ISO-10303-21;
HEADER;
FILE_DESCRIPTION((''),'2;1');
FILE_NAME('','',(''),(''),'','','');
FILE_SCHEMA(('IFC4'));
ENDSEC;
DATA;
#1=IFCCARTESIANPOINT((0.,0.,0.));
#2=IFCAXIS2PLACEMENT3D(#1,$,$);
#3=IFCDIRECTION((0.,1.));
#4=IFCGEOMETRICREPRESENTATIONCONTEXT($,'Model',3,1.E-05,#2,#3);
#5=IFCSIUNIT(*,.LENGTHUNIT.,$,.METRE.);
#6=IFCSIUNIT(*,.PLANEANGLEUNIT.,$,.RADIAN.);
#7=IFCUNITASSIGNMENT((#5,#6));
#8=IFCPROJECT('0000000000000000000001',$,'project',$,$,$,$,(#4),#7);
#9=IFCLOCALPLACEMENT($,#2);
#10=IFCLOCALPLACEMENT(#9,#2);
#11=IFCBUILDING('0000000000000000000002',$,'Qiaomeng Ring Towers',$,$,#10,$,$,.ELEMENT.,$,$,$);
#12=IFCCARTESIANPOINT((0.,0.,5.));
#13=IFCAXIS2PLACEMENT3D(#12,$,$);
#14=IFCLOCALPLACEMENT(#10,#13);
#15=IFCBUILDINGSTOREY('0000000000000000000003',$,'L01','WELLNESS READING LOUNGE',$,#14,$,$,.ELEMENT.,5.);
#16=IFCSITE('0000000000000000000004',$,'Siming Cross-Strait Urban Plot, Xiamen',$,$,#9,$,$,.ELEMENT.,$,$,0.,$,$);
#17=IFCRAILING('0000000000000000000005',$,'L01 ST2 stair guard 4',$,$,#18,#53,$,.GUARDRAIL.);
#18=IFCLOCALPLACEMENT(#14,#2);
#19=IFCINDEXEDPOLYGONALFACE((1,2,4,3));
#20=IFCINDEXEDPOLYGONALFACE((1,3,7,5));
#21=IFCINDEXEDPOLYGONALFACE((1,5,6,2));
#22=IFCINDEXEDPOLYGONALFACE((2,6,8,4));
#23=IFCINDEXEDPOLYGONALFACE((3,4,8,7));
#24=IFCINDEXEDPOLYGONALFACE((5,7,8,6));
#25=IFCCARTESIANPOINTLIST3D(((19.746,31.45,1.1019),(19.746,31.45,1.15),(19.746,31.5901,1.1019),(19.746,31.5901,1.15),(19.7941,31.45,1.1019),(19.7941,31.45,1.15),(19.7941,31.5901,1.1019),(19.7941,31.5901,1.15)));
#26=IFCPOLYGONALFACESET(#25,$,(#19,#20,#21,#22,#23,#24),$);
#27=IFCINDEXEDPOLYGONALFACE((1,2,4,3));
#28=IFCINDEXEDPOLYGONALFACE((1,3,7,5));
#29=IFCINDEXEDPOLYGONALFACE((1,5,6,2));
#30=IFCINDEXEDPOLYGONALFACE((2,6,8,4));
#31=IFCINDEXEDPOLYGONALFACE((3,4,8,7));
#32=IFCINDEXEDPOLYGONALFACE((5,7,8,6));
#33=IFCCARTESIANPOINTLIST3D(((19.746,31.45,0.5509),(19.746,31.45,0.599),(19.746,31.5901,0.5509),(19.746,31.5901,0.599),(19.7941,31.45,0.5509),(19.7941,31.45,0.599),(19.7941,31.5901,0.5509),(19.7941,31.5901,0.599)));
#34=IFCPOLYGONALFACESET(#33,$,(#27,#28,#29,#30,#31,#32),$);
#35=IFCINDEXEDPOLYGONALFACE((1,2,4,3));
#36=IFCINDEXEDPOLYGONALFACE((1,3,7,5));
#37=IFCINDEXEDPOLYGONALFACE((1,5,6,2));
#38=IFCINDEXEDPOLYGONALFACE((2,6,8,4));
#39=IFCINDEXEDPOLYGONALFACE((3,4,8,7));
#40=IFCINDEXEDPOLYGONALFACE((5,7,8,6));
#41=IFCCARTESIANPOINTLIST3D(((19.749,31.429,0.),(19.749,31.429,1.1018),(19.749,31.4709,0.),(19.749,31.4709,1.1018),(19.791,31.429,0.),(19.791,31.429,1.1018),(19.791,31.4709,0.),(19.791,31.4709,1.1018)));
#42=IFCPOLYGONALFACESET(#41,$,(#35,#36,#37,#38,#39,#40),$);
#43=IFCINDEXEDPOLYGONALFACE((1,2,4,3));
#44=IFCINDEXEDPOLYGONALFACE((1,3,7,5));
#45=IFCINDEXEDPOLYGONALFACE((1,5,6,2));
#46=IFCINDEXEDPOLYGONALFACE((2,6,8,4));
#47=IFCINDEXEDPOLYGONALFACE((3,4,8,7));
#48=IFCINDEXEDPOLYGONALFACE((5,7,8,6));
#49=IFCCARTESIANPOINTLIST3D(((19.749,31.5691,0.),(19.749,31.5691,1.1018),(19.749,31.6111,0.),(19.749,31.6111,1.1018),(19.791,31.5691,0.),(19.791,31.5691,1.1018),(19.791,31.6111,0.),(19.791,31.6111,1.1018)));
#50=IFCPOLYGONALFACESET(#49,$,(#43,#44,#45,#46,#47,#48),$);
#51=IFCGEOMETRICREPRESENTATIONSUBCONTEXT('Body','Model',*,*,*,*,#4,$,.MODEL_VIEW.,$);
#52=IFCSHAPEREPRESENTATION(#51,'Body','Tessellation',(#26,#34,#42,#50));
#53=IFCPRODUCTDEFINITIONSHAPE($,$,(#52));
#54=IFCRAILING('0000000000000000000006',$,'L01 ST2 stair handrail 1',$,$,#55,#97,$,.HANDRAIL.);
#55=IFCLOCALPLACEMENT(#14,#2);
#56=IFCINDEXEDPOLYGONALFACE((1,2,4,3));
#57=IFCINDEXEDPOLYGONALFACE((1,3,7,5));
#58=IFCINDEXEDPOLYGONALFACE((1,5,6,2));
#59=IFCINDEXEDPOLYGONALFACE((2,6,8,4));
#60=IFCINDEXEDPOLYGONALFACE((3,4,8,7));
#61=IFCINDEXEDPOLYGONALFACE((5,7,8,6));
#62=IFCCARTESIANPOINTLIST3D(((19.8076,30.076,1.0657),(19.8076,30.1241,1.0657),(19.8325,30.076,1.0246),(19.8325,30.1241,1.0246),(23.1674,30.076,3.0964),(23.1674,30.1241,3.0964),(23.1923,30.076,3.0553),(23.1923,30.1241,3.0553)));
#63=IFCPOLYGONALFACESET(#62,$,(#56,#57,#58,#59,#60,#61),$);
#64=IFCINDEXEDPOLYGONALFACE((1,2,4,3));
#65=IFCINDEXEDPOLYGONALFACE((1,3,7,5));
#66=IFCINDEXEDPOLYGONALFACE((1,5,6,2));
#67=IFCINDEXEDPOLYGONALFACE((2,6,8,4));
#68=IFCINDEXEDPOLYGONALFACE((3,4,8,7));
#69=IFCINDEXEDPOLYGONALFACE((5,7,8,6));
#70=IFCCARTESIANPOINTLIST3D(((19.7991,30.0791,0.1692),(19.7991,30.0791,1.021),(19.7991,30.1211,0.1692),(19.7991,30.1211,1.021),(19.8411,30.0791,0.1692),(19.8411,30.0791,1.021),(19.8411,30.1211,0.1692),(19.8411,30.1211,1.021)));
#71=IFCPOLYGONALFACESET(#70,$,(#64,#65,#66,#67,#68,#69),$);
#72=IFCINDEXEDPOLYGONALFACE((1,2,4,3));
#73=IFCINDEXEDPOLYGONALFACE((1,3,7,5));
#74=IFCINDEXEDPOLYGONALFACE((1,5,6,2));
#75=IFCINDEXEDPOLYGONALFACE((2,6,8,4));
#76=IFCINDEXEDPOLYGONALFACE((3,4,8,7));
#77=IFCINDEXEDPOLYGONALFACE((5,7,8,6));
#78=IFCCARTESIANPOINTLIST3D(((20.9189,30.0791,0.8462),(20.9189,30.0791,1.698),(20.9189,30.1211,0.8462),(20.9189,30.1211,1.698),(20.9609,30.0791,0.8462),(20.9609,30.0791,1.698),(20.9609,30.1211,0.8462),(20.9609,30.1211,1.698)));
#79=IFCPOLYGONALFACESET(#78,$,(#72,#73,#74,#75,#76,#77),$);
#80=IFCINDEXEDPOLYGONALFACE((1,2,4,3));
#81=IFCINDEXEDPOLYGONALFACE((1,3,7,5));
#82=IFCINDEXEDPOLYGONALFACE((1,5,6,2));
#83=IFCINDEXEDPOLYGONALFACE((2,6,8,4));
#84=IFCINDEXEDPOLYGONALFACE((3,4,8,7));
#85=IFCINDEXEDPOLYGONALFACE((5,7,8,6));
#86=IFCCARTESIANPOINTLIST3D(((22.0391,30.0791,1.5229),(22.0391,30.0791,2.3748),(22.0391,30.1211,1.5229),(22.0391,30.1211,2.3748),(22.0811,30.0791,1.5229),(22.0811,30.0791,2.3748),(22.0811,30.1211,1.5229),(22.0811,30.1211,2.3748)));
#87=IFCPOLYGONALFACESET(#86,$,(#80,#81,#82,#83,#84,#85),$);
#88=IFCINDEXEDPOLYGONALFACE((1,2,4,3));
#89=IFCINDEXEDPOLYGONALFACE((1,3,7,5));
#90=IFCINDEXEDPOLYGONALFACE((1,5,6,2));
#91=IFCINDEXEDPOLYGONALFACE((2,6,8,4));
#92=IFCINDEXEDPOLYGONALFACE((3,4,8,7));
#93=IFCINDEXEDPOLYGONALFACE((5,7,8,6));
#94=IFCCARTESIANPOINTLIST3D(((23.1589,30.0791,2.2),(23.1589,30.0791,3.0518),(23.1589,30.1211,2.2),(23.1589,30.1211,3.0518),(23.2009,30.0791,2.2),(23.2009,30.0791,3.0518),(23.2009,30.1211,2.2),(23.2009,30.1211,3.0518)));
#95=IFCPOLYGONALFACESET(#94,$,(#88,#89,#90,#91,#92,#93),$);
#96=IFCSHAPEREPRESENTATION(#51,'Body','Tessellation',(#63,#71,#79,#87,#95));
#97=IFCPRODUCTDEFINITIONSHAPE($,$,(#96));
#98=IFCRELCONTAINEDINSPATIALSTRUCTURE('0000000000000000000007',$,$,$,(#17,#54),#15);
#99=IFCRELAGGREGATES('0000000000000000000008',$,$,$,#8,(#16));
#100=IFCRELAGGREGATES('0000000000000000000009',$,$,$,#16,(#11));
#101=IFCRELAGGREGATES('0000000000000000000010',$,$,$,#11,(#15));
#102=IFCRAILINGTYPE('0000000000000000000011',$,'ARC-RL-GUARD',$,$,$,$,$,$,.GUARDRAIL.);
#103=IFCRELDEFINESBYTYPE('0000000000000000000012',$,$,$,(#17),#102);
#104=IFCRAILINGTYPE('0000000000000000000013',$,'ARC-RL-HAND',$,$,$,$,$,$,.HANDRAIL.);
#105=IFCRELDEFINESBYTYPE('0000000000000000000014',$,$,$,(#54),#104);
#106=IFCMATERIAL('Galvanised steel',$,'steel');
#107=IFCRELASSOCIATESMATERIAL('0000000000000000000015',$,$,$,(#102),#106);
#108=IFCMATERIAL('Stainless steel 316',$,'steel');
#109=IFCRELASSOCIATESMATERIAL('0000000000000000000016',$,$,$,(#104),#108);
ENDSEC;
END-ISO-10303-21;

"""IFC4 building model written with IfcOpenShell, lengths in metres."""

from ifc_helpers import new_model, si_unit, direction, frame, origin, origin_2d, place, context, subcontext, project, spatial, rectangle, extrude, material, type_object, element, save


model = new_model("IFC4")

# Units and contexts
model_context = context("Model", 3, precision=1e-05, world=origin(), true_north=direction((0.0, 1.0)))
body_context = subcontext(model_context, "Body", "Model", "MODEL_VIEW")
ifc_project = project(units=[si_unit("LENGTHUNIT", "METRE"), si_unit("PLANEANGLEUNIT", "RADIAN")], contexts=[model_context])

# Site, building, storey
site_placement = place(None, origin())
site = spatial("IfcSite", under=ifc_project, at=site_placement, Name="Siming Cross-Strait Urban Plot, Xiamen", CompositionType="ELEMENT", RefElevation=0.0)
building_placement = place(site_placement, origin())
building = spatial("IfcBuilding", under=site, at=building_placement, Name="Qiaomeng Ring Towers", CompositionType="ELEMENT")
storey_placement = place(building_placement, frame((0.0, 0.0, 5.0)))
storey = spatial("IfcBuildingStorey", under=building, at=storey_placement, Name="L01", Description="WELLNESS READING LOUNGE", CompositionType="ELEMENT", Elevation=5.0)

# Shared definitions
ifc_material_1 = material(Name="Galvanised steel", Category="steel")

# Shared definitions
ifc_material_2 = material(Name="Stainless steel 316", Category="steel")

# Railings
railing_type_1 = type_object("IfcRailingType", Name="ARC-RL-GUARD", PredefinedType="GUARDRAIL", material=ifc_material_1)
railing_1_placement = place(storey_placement, frame((19.77, 31.45, 0.0)))
element("IfcRailing", 1, at=railing_1_placement, inside=storey, type_object=railing_type_1, Name="L01 ST2 stair guard 4", PredefinedType="GUARDRAIL", context=body_context, shape_type="SweptSolid", body=[
    extrude(rectangle(XDim=0.0481, YDim=0.0481, at=origin_2d()), frame((0.0, 0.0, 1.126), z_axis=(0.0, 1.0, 0.0), x_axis=(-1.0, 0.0, 0.0)), (0.0, 0.0, 1.0), 0.1401),
    extrude(rectangle(XDim=0.0481, YDim=0.0481, at=origin_2d()), frame((0.0, 0.0, 0.575), z_axis=(0.0, 1.0, 0.0), x_axis=(-1.0, 0.0, 0.0)), (0.0, 0.0, 1.0), 0.1401),
    extrude(rectangle(XDim=0.042, YDim=0.042, at=origin_2d()), origin(), (0.0, 0.0, 1.0), 1.1018),
    extrude(rectangle(XDim=0.042, YDim=0.042, at=origin_2d()), frame((0.0, 0.1401, 0.0)), (0.0, 0.0, 1.0), 1.1018),
])
railing_type_2 = type_object("IfcRailingType", Name="ARC-RL-HAND", PredefinedType="HANDRAIL", material=ifc_material_2)
railing_2_placement = place(storey_placement, frame((19.8201, 30.1001, 0.1692)))
element("IfcRailing", 2, at=railing_2_placement, inside=storey, type_object=railing_type_2, Name="L01 ST2 stair handrail 1", PredefinedType="HANDRAIL", context=body_context, shape_type="SweptSolid", body=[
    extrude(rectangle(XDim=0.0481, YDim=0.0481, at=origin_2d()), frame((0.0, 0.0, 0.876), z_axis=(0.85582, 0.0, 0.517273), x_axis=(0.0, 1.0, 0.0)), (0.0, 0.0, 1.0), 3.9258),
    extrude(rectangle(XDim=0.042, YDim=0.042, at=origin_2d()), origin(), (0.0, 0.0, 1.0), 0.8518),
    extrude(rectangle(XDim=0.042, YDim=0.042, at=origin_2d()), frame((1.1199, 0.0, 0.677)), (0.0, 0.0, 1.0), 0.8518),
    extrude(rectangle(XDim=0.042, YDim=0.042, at=origin_2d()), frame((2.24, 0.0, 1.3538)), (0.0, 0.0, 1.0), 0.8518),
    extrude(rectangle(XDim=0.042, YDim=0.042, at=origin_2d()), frame((3.3599, 0.0, 2.0308)), (0.0, 0.0, 1.0), 0.8518),
])

save(model, "model.ifc")
